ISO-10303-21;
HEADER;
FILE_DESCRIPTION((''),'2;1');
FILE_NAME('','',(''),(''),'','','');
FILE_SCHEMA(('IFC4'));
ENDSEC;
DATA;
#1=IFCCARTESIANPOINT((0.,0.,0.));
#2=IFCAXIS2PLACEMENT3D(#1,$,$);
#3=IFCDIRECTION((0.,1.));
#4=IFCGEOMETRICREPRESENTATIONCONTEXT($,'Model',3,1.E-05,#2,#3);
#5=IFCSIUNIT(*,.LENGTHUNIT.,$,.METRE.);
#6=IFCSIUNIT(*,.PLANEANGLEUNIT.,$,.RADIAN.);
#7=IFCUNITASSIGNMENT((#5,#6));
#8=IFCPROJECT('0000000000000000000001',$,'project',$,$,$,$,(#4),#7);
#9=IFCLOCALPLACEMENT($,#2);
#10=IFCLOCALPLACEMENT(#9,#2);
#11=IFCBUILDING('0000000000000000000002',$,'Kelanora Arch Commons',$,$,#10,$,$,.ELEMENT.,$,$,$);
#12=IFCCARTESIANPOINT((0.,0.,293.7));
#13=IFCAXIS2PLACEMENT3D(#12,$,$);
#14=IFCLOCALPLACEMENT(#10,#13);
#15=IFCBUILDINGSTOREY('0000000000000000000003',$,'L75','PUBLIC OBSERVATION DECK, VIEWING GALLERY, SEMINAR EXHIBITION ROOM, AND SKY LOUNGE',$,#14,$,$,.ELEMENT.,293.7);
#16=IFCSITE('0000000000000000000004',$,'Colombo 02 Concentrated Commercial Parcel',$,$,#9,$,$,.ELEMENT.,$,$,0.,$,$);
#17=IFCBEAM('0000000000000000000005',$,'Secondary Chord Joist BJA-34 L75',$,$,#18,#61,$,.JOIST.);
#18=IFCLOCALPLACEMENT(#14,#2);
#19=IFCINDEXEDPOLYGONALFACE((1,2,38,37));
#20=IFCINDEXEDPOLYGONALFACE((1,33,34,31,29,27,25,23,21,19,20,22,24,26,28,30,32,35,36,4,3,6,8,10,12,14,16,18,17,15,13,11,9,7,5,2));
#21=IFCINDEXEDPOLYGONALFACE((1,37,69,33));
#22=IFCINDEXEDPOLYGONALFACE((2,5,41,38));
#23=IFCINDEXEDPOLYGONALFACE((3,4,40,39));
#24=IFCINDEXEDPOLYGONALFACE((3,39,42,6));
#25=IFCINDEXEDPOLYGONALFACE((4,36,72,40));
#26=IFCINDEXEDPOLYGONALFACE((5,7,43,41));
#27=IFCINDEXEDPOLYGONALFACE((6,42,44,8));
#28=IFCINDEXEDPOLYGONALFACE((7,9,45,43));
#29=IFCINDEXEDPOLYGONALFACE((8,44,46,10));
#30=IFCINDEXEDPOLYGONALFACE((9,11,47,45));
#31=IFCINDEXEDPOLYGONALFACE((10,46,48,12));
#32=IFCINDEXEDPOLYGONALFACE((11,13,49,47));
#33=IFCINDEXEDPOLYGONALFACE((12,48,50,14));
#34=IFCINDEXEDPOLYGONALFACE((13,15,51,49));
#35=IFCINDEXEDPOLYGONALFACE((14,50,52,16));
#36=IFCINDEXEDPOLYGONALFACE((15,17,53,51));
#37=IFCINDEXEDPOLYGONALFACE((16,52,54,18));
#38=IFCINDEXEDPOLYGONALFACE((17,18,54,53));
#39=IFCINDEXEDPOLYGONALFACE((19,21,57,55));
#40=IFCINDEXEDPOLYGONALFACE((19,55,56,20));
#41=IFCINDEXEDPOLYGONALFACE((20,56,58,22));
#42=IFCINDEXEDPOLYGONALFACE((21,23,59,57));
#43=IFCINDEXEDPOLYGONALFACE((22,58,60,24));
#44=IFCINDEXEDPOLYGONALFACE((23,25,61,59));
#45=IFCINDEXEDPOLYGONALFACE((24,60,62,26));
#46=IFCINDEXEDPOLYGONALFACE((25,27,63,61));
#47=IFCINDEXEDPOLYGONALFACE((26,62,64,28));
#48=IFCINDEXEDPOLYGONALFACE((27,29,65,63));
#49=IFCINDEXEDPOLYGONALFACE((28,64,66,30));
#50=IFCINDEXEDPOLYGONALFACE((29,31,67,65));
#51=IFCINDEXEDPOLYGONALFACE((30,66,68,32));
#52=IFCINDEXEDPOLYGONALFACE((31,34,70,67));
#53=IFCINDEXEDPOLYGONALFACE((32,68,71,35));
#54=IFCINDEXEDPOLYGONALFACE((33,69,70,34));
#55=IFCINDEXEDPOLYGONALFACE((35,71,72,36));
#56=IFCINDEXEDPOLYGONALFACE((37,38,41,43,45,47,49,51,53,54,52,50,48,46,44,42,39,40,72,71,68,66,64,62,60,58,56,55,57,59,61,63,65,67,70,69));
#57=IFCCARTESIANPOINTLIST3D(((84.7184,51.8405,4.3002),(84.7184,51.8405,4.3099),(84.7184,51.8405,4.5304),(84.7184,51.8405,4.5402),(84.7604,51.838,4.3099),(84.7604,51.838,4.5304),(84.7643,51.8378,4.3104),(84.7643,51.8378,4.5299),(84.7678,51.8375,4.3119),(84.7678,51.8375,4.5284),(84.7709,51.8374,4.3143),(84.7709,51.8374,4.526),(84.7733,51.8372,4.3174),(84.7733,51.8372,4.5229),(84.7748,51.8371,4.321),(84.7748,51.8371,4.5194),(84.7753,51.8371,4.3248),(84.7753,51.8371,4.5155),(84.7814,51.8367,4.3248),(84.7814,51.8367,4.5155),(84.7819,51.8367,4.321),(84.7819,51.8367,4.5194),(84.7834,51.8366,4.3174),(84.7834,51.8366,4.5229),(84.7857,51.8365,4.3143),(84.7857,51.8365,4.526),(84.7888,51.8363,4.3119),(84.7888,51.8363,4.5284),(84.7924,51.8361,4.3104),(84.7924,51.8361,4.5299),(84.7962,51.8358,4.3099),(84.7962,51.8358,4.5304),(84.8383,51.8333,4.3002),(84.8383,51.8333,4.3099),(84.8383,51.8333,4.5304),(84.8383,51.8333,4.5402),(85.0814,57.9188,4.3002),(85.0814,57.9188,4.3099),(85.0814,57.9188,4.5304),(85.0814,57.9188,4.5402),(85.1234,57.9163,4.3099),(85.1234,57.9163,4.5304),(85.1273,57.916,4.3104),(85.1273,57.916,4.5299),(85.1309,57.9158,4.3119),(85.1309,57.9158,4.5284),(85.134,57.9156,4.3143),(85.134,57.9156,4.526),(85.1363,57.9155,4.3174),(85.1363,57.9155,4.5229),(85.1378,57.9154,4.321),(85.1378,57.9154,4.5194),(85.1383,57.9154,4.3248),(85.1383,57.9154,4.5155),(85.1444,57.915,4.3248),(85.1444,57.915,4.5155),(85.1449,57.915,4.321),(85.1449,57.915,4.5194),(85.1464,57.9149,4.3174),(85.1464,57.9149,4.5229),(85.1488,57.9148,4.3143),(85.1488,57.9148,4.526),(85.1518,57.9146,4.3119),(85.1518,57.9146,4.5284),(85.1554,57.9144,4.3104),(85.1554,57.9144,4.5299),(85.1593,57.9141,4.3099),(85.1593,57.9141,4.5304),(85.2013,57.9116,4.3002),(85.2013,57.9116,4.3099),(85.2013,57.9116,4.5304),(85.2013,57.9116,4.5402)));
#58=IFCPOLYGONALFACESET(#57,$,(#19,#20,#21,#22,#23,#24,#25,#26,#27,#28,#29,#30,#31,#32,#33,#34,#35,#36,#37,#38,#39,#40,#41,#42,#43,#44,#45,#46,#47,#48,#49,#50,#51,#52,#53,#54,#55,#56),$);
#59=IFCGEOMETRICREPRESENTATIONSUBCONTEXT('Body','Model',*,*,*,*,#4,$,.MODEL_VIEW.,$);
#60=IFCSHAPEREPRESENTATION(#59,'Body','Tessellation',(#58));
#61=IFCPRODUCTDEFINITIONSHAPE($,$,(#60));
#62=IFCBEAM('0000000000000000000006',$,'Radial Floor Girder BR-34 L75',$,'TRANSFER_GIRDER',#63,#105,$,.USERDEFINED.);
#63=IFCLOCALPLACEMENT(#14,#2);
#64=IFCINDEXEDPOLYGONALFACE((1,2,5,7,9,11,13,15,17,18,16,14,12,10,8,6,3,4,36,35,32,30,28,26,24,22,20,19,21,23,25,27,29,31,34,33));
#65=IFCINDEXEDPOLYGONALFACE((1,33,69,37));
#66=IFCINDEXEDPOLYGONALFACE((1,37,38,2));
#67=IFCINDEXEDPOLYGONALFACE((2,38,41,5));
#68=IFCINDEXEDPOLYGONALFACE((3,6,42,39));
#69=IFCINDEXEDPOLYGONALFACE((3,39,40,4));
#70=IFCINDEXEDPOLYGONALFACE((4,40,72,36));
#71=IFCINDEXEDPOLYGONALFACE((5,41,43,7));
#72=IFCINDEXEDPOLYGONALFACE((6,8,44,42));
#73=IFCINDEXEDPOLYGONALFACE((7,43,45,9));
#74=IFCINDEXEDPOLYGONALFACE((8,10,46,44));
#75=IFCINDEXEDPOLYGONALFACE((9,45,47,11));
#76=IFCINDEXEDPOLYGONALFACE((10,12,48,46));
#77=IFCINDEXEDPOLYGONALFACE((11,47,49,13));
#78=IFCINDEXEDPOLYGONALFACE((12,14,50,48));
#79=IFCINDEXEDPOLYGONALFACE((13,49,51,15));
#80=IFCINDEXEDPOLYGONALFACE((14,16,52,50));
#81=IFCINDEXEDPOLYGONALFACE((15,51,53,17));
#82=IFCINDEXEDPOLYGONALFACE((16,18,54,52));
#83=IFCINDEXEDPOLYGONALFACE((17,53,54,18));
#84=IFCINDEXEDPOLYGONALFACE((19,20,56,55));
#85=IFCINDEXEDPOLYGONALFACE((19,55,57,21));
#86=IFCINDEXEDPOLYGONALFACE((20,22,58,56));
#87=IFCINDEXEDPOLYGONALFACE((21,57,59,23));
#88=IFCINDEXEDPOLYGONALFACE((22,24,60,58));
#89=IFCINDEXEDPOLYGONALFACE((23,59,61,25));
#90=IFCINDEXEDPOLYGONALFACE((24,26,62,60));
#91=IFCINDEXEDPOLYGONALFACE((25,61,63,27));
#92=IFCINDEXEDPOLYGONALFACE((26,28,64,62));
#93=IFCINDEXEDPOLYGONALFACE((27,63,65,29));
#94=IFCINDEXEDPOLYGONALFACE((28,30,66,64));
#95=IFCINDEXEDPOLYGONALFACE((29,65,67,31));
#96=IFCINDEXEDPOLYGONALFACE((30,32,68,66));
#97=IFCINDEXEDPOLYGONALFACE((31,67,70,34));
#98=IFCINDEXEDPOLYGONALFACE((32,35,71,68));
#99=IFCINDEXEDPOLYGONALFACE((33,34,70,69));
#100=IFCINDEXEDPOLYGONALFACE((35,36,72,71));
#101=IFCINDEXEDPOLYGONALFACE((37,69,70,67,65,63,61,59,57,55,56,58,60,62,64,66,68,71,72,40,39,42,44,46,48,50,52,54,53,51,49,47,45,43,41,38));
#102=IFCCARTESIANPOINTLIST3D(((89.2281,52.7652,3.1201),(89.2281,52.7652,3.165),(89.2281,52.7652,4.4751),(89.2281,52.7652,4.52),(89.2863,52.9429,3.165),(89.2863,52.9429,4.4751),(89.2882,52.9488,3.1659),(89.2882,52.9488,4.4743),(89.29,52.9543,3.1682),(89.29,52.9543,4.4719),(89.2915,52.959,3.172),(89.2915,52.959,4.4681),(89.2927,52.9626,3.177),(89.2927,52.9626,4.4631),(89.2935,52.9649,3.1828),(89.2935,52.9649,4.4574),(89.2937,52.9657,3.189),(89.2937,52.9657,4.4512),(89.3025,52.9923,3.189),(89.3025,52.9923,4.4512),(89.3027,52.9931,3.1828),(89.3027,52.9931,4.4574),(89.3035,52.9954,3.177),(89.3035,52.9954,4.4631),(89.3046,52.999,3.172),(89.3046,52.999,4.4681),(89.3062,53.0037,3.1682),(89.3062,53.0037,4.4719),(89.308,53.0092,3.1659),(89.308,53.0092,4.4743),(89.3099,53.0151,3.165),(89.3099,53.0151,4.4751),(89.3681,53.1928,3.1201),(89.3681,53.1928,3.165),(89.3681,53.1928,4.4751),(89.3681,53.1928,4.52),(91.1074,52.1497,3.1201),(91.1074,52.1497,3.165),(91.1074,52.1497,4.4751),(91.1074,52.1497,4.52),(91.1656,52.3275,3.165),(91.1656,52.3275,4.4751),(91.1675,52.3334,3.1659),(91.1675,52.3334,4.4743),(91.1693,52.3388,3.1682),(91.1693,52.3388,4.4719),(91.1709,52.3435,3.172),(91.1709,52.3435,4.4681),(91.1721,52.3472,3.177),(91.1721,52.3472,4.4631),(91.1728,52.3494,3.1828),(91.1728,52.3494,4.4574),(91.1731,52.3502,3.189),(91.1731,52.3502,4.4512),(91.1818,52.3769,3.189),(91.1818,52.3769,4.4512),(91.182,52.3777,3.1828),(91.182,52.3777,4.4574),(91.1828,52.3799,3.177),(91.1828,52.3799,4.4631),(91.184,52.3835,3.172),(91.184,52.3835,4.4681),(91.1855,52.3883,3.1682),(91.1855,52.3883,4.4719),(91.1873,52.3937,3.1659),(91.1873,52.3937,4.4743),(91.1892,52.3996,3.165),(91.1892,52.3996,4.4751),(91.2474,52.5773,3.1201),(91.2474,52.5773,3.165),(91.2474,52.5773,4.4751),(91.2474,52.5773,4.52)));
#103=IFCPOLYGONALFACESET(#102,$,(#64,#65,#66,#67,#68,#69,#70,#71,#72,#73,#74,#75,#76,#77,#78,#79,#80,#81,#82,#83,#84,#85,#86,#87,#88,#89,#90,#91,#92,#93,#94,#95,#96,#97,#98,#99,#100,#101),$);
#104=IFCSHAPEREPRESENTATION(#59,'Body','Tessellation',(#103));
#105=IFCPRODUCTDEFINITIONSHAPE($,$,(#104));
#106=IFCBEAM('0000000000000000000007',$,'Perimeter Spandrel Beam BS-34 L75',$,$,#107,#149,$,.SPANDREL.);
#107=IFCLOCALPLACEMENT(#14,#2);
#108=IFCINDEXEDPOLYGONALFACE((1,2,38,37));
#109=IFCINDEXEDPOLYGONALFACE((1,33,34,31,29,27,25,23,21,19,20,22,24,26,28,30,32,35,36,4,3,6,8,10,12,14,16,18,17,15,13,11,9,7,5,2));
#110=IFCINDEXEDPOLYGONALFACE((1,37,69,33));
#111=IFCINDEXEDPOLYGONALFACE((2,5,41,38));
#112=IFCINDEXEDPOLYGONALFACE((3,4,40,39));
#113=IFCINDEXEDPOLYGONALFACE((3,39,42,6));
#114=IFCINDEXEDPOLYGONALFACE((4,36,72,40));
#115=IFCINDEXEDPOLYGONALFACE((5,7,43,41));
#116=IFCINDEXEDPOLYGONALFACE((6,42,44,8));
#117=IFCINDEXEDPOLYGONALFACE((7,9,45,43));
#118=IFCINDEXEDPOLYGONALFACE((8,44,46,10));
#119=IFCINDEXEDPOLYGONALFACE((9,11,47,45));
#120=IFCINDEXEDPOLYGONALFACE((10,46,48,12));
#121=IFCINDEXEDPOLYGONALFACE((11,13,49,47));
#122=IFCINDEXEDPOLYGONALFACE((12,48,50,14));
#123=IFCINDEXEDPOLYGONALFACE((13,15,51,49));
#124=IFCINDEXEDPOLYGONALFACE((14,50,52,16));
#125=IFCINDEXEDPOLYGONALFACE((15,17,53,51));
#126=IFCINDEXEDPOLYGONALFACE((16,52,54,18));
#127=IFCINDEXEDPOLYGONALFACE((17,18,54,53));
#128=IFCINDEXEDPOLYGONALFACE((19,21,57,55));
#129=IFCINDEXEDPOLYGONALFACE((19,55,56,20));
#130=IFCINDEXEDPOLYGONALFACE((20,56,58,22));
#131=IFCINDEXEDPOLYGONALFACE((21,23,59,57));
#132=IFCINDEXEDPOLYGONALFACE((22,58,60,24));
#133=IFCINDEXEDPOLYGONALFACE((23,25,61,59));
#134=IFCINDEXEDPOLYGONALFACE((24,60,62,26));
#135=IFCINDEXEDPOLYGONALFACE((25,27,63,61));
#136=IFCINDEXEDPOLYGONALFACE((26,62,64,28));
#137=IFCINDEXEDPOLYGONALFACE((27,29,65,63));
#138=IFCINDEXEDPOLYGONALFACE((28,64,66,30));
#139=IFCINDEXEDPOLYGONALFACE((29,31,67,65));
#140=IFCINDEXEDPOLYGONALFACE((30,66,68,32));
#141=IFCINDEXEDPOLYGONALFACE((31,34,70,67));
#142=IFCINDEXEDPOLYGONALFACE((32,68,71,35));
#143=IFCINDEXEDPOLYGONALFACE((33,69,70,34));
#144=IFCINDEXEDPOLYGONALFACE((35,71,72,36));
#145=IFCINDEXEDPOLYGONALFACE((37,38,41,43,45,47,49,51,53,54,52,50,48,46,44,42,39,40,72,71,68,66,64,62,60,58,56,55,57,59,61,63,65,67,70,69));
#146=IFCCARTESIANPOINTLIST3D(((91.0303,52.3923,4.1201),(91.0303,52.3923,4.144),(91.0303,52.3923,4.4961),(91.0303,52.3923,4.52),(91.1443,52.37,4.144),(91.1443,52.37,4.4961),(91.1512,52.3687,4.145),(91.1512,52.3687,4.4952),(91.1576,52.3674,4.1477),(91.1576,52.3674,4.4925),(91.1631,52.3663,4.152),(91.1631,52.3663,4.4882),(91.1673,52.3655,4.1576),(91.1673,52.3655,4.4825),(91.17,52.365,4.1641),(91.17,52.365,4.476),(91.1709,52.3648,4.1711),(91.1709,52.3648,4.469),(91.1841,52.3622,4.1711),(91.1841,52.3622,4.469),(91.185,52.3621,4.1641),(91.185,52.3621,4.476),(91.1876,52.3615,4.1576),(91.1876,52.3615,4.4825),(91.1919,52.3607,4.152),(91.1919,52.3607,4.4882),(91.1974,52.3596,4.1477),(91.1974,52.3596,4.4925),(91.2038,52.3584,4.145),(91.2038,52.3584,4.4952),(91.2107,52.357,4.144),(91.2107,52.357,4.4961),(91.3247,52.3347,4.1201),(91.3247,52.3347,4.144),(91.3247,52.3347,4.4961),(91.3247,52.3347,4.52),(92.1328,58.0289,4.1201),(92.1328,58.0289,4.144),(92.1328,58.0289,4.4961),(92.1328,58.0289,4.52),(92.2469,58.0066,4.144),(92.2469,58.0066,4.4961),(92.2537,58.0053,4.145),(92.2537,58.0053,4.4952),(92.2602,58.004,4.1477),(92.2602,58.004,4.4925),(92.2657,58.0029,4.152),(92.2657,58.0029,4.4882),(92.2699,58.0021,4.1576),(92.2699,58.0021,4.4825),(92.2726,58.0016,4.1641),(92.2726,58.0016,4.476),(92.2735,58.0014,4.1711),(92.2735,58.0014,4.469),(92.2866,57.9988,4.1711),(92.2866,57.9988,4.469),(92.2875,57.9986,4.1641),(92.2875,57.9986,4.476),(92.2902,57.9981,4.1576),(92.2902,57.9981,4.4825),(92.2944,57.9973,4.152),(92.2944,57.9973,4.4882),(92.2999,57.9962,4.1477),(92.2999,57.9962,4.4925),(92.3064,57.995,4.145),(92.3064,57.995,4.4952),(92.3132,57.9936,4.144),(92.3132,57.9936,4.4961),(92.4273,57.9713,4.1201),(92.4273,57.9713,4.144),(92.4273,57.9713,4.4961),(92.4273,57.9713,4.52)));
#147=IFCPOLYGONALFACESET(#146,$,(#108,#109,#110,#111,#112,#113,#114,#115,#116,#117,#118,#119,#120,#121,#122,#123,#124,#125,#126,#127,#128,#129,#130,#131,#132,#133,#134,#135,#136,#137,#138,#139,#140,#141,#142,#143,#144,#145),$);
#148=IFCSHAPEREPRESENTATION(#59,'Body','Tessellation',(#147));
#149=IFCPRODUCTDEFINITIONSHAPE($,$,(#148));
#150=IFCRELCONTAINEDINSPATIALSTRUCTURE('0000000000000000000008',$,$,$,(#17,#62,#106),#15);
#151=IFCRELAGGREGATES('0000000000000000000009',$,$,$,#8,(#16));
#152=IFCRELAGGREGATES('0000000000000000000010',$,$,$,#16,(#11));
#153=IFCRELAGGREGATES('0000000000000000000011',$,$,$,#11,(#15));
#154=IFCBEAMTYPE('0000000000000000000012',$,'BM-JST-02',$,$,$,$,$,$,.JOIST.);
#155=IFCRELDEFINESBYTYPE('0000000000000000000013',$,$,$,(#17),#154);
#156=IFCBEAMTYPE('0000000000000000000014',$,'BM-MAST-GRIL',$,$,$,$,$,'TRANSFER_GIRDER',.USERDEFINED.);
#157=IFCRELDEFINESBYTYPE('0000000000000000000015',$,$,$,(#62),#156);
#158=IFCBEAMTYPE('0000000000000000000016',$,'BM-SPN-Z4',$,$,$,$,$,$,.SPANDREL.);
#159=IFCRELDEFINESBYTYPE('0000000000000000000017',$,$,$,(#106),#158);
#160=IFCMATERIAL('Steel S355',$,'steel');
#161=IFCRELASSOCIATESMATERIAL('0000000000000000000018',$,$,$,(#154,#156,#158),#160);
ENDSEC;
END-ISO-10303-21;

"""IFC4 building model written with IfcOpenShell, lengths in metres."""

from ifc_helpers import new_model, si_unit, direction, frame, origin, origin_2d, place, context, subcontext, project, spatial, i_section, extrude, material, material_profile, profile_set, type_object, element, save


model = new_model("IFC4")

# Units and contexts
model_context = context("Model", 3, precision=1e-05, world=origin(), true_north=direction((0.0, 1.0)))
body_context = subcontext(model_context, "Body", "Model", "MODEL_VIEW")
ifc_project = project(units=[si_unit("LENGTHUNIT", "METRE"), si_unit("PLANEANGLEUNIT", "RADIAN")], contexts=[model_context])

# Site, building, storey
site_placement = place(None, origin())
site = spatial("IfcSite", under=ifc_project, at=site_placement, Name="Colombo 02 Concentrated Commercial Parcel", CompositionType="ELEMENT", RefElevation=0.0)
building_placement = place(site_placement, origin())
building = spatial("IfcBuilding", under=site, at=building_placement, Name="Kelanora Arch Commons", CompositionType="ELEMENT")
storey_placement = place(building_placement, frame((0.0, 0.0, 293.7)))
storey = spatial("IfcBuildingStorey", under=building, at=storey_placement, Name="L75", Description="PUBLIC OBSERVATION DECK, VIEWING GALLERY, SEMINAR EXHIBITION ROOM, AND SKY LOUNGE", CompositionType="ELEMENT", Elevation=293.7)

# Beams
ifc_material_1 = material(Name="Steel S355", Category="steel")
ifc_material_profile_1 = material_profile(ifc_material_1, i_section(OverallWidth=0.1201, OverallDepth=0.24, WebThickness=0.0061, FlangeThickness=0.0098, FilletRadius=0.0149, at=origin_2d()), Name="IPE240")
ifc_profile_set_1 = profile_set([ifc_material_profile_1], Name="Steel S355")
beam_type_1 = type_object("IfcBeamType", Name="BM-JST-02", PredefinedType="JOIST", material=ifc_profile_set_1)
beam_1_placement = place(storey_placement, frame((84.7783, 51.8369, 4.4202), z_axis=(0.05962, 0.998221, 0.0), x_axis=(-0.998221, 0.05962, 0.0)))
element("IfcBeam", 1, at=beam_1_placement, inside=storey, type_object=beam_type_1, Name="Secondary Chord Joist BJA-34 L75", PredefinedType="JOIST", context=body_context, shape_type="SweptSolid", body=[
    extrude(i_section(OverallWidth=0.1201, OverallDepth=0.24, WebThickness=0.0061, FlangeThickness=0.0098, FilletRadius=0.0149, at=origin_2d()), origin(), (0.0, 0.0, 1.0), 6.0891),
])
ifc_material_profile_2 = material_profile(ifc_material_1, i_section(OverallWidth=0.45, OverallDepth=1.3999, WebThickness=0.0281, FlangeThickness=0.0449, FilletRadius=0.0239, at=origin_2d()), Name="PG1400x450")
ifc_profile_set_2 = profile_set([ifc_material_profile_2], Name="Steel S355")
beam_type_2 = type_object("IfcBeamType", Name="BM-MAST-GRIL", ElementType="TRANSFER_GIRDER", PredefinedType="USERDEFINED", material=ifc_profile_set_2)
beam_2_placement = place(storey_placement, frame((89.2981, 52.979, 3.8201), z_axis=(0.950337, -0.311224, 0.0), x_axis=(0.311224, 0.950337, 0.0)))
element("IfcBeam", 2, at=beam_2_placement, inside=storey, type_object=beam_type_2, Name="Radial Floor Girder BR-34 L75", ObjectType="TRANSFER_GIRDER", PredefinedType="USERDEFINED", context=body_context, shape_type="SweptSolid", body=[
    extrude(i_section(OverallWidth=0.45, OverallDepth=1.3999, WebThickness=0.0281, FlangeThickness=0.0449, FilletRadius=0.0239, at=origin_2d()), origin(), (0.0, 0.0, 1.0), 1.9775),
])
ifc_material_profile_3 = material_profile(ifc_material_1, i_section(OverallWidth=0.3, OverallDepth=0.3999, WebThickness=0.0134, FlangeThickness=0.0239, FilletRadius=0.0271, at=origin_2d()), Name="HEB400")
ifc_profile_set_3 = profile_set([ifc_material_profile_3], Name="Steel S355")
beam_type_3 = type_object("IfcBeamType", Name="BM-SPN-Z4", PredefinedType="SPANDREL", material=ifc_profile_set_3)
beam_3_placement = place(storey_placement, frame((91.1775, 52.3635, 4.3201), z_axis=(0.19197, 0.981401, 0.0), x_axis=(-0.981401, 0.19197, 0.0)))
element("IfcBeam", 3, at=beam_3_placement, inside=storey, type_object=beam_type_3, Name="Perimeter Spandrel Beam BS-34 L75", PredefinedType="SPANDREL", context=body_context, shape_type="SweptSolid", body=[
    extrude(i_section(OverallWidth=0.3, OverallDepth=0.3999, WebThickness=0.0134, FlangeThickness=0.0239, FilletRadius=0.0271, at=origin_2d()), origin(), (0.0, 0.0, 1.0), 5.7434),
])

save(model, "model.ifc")
